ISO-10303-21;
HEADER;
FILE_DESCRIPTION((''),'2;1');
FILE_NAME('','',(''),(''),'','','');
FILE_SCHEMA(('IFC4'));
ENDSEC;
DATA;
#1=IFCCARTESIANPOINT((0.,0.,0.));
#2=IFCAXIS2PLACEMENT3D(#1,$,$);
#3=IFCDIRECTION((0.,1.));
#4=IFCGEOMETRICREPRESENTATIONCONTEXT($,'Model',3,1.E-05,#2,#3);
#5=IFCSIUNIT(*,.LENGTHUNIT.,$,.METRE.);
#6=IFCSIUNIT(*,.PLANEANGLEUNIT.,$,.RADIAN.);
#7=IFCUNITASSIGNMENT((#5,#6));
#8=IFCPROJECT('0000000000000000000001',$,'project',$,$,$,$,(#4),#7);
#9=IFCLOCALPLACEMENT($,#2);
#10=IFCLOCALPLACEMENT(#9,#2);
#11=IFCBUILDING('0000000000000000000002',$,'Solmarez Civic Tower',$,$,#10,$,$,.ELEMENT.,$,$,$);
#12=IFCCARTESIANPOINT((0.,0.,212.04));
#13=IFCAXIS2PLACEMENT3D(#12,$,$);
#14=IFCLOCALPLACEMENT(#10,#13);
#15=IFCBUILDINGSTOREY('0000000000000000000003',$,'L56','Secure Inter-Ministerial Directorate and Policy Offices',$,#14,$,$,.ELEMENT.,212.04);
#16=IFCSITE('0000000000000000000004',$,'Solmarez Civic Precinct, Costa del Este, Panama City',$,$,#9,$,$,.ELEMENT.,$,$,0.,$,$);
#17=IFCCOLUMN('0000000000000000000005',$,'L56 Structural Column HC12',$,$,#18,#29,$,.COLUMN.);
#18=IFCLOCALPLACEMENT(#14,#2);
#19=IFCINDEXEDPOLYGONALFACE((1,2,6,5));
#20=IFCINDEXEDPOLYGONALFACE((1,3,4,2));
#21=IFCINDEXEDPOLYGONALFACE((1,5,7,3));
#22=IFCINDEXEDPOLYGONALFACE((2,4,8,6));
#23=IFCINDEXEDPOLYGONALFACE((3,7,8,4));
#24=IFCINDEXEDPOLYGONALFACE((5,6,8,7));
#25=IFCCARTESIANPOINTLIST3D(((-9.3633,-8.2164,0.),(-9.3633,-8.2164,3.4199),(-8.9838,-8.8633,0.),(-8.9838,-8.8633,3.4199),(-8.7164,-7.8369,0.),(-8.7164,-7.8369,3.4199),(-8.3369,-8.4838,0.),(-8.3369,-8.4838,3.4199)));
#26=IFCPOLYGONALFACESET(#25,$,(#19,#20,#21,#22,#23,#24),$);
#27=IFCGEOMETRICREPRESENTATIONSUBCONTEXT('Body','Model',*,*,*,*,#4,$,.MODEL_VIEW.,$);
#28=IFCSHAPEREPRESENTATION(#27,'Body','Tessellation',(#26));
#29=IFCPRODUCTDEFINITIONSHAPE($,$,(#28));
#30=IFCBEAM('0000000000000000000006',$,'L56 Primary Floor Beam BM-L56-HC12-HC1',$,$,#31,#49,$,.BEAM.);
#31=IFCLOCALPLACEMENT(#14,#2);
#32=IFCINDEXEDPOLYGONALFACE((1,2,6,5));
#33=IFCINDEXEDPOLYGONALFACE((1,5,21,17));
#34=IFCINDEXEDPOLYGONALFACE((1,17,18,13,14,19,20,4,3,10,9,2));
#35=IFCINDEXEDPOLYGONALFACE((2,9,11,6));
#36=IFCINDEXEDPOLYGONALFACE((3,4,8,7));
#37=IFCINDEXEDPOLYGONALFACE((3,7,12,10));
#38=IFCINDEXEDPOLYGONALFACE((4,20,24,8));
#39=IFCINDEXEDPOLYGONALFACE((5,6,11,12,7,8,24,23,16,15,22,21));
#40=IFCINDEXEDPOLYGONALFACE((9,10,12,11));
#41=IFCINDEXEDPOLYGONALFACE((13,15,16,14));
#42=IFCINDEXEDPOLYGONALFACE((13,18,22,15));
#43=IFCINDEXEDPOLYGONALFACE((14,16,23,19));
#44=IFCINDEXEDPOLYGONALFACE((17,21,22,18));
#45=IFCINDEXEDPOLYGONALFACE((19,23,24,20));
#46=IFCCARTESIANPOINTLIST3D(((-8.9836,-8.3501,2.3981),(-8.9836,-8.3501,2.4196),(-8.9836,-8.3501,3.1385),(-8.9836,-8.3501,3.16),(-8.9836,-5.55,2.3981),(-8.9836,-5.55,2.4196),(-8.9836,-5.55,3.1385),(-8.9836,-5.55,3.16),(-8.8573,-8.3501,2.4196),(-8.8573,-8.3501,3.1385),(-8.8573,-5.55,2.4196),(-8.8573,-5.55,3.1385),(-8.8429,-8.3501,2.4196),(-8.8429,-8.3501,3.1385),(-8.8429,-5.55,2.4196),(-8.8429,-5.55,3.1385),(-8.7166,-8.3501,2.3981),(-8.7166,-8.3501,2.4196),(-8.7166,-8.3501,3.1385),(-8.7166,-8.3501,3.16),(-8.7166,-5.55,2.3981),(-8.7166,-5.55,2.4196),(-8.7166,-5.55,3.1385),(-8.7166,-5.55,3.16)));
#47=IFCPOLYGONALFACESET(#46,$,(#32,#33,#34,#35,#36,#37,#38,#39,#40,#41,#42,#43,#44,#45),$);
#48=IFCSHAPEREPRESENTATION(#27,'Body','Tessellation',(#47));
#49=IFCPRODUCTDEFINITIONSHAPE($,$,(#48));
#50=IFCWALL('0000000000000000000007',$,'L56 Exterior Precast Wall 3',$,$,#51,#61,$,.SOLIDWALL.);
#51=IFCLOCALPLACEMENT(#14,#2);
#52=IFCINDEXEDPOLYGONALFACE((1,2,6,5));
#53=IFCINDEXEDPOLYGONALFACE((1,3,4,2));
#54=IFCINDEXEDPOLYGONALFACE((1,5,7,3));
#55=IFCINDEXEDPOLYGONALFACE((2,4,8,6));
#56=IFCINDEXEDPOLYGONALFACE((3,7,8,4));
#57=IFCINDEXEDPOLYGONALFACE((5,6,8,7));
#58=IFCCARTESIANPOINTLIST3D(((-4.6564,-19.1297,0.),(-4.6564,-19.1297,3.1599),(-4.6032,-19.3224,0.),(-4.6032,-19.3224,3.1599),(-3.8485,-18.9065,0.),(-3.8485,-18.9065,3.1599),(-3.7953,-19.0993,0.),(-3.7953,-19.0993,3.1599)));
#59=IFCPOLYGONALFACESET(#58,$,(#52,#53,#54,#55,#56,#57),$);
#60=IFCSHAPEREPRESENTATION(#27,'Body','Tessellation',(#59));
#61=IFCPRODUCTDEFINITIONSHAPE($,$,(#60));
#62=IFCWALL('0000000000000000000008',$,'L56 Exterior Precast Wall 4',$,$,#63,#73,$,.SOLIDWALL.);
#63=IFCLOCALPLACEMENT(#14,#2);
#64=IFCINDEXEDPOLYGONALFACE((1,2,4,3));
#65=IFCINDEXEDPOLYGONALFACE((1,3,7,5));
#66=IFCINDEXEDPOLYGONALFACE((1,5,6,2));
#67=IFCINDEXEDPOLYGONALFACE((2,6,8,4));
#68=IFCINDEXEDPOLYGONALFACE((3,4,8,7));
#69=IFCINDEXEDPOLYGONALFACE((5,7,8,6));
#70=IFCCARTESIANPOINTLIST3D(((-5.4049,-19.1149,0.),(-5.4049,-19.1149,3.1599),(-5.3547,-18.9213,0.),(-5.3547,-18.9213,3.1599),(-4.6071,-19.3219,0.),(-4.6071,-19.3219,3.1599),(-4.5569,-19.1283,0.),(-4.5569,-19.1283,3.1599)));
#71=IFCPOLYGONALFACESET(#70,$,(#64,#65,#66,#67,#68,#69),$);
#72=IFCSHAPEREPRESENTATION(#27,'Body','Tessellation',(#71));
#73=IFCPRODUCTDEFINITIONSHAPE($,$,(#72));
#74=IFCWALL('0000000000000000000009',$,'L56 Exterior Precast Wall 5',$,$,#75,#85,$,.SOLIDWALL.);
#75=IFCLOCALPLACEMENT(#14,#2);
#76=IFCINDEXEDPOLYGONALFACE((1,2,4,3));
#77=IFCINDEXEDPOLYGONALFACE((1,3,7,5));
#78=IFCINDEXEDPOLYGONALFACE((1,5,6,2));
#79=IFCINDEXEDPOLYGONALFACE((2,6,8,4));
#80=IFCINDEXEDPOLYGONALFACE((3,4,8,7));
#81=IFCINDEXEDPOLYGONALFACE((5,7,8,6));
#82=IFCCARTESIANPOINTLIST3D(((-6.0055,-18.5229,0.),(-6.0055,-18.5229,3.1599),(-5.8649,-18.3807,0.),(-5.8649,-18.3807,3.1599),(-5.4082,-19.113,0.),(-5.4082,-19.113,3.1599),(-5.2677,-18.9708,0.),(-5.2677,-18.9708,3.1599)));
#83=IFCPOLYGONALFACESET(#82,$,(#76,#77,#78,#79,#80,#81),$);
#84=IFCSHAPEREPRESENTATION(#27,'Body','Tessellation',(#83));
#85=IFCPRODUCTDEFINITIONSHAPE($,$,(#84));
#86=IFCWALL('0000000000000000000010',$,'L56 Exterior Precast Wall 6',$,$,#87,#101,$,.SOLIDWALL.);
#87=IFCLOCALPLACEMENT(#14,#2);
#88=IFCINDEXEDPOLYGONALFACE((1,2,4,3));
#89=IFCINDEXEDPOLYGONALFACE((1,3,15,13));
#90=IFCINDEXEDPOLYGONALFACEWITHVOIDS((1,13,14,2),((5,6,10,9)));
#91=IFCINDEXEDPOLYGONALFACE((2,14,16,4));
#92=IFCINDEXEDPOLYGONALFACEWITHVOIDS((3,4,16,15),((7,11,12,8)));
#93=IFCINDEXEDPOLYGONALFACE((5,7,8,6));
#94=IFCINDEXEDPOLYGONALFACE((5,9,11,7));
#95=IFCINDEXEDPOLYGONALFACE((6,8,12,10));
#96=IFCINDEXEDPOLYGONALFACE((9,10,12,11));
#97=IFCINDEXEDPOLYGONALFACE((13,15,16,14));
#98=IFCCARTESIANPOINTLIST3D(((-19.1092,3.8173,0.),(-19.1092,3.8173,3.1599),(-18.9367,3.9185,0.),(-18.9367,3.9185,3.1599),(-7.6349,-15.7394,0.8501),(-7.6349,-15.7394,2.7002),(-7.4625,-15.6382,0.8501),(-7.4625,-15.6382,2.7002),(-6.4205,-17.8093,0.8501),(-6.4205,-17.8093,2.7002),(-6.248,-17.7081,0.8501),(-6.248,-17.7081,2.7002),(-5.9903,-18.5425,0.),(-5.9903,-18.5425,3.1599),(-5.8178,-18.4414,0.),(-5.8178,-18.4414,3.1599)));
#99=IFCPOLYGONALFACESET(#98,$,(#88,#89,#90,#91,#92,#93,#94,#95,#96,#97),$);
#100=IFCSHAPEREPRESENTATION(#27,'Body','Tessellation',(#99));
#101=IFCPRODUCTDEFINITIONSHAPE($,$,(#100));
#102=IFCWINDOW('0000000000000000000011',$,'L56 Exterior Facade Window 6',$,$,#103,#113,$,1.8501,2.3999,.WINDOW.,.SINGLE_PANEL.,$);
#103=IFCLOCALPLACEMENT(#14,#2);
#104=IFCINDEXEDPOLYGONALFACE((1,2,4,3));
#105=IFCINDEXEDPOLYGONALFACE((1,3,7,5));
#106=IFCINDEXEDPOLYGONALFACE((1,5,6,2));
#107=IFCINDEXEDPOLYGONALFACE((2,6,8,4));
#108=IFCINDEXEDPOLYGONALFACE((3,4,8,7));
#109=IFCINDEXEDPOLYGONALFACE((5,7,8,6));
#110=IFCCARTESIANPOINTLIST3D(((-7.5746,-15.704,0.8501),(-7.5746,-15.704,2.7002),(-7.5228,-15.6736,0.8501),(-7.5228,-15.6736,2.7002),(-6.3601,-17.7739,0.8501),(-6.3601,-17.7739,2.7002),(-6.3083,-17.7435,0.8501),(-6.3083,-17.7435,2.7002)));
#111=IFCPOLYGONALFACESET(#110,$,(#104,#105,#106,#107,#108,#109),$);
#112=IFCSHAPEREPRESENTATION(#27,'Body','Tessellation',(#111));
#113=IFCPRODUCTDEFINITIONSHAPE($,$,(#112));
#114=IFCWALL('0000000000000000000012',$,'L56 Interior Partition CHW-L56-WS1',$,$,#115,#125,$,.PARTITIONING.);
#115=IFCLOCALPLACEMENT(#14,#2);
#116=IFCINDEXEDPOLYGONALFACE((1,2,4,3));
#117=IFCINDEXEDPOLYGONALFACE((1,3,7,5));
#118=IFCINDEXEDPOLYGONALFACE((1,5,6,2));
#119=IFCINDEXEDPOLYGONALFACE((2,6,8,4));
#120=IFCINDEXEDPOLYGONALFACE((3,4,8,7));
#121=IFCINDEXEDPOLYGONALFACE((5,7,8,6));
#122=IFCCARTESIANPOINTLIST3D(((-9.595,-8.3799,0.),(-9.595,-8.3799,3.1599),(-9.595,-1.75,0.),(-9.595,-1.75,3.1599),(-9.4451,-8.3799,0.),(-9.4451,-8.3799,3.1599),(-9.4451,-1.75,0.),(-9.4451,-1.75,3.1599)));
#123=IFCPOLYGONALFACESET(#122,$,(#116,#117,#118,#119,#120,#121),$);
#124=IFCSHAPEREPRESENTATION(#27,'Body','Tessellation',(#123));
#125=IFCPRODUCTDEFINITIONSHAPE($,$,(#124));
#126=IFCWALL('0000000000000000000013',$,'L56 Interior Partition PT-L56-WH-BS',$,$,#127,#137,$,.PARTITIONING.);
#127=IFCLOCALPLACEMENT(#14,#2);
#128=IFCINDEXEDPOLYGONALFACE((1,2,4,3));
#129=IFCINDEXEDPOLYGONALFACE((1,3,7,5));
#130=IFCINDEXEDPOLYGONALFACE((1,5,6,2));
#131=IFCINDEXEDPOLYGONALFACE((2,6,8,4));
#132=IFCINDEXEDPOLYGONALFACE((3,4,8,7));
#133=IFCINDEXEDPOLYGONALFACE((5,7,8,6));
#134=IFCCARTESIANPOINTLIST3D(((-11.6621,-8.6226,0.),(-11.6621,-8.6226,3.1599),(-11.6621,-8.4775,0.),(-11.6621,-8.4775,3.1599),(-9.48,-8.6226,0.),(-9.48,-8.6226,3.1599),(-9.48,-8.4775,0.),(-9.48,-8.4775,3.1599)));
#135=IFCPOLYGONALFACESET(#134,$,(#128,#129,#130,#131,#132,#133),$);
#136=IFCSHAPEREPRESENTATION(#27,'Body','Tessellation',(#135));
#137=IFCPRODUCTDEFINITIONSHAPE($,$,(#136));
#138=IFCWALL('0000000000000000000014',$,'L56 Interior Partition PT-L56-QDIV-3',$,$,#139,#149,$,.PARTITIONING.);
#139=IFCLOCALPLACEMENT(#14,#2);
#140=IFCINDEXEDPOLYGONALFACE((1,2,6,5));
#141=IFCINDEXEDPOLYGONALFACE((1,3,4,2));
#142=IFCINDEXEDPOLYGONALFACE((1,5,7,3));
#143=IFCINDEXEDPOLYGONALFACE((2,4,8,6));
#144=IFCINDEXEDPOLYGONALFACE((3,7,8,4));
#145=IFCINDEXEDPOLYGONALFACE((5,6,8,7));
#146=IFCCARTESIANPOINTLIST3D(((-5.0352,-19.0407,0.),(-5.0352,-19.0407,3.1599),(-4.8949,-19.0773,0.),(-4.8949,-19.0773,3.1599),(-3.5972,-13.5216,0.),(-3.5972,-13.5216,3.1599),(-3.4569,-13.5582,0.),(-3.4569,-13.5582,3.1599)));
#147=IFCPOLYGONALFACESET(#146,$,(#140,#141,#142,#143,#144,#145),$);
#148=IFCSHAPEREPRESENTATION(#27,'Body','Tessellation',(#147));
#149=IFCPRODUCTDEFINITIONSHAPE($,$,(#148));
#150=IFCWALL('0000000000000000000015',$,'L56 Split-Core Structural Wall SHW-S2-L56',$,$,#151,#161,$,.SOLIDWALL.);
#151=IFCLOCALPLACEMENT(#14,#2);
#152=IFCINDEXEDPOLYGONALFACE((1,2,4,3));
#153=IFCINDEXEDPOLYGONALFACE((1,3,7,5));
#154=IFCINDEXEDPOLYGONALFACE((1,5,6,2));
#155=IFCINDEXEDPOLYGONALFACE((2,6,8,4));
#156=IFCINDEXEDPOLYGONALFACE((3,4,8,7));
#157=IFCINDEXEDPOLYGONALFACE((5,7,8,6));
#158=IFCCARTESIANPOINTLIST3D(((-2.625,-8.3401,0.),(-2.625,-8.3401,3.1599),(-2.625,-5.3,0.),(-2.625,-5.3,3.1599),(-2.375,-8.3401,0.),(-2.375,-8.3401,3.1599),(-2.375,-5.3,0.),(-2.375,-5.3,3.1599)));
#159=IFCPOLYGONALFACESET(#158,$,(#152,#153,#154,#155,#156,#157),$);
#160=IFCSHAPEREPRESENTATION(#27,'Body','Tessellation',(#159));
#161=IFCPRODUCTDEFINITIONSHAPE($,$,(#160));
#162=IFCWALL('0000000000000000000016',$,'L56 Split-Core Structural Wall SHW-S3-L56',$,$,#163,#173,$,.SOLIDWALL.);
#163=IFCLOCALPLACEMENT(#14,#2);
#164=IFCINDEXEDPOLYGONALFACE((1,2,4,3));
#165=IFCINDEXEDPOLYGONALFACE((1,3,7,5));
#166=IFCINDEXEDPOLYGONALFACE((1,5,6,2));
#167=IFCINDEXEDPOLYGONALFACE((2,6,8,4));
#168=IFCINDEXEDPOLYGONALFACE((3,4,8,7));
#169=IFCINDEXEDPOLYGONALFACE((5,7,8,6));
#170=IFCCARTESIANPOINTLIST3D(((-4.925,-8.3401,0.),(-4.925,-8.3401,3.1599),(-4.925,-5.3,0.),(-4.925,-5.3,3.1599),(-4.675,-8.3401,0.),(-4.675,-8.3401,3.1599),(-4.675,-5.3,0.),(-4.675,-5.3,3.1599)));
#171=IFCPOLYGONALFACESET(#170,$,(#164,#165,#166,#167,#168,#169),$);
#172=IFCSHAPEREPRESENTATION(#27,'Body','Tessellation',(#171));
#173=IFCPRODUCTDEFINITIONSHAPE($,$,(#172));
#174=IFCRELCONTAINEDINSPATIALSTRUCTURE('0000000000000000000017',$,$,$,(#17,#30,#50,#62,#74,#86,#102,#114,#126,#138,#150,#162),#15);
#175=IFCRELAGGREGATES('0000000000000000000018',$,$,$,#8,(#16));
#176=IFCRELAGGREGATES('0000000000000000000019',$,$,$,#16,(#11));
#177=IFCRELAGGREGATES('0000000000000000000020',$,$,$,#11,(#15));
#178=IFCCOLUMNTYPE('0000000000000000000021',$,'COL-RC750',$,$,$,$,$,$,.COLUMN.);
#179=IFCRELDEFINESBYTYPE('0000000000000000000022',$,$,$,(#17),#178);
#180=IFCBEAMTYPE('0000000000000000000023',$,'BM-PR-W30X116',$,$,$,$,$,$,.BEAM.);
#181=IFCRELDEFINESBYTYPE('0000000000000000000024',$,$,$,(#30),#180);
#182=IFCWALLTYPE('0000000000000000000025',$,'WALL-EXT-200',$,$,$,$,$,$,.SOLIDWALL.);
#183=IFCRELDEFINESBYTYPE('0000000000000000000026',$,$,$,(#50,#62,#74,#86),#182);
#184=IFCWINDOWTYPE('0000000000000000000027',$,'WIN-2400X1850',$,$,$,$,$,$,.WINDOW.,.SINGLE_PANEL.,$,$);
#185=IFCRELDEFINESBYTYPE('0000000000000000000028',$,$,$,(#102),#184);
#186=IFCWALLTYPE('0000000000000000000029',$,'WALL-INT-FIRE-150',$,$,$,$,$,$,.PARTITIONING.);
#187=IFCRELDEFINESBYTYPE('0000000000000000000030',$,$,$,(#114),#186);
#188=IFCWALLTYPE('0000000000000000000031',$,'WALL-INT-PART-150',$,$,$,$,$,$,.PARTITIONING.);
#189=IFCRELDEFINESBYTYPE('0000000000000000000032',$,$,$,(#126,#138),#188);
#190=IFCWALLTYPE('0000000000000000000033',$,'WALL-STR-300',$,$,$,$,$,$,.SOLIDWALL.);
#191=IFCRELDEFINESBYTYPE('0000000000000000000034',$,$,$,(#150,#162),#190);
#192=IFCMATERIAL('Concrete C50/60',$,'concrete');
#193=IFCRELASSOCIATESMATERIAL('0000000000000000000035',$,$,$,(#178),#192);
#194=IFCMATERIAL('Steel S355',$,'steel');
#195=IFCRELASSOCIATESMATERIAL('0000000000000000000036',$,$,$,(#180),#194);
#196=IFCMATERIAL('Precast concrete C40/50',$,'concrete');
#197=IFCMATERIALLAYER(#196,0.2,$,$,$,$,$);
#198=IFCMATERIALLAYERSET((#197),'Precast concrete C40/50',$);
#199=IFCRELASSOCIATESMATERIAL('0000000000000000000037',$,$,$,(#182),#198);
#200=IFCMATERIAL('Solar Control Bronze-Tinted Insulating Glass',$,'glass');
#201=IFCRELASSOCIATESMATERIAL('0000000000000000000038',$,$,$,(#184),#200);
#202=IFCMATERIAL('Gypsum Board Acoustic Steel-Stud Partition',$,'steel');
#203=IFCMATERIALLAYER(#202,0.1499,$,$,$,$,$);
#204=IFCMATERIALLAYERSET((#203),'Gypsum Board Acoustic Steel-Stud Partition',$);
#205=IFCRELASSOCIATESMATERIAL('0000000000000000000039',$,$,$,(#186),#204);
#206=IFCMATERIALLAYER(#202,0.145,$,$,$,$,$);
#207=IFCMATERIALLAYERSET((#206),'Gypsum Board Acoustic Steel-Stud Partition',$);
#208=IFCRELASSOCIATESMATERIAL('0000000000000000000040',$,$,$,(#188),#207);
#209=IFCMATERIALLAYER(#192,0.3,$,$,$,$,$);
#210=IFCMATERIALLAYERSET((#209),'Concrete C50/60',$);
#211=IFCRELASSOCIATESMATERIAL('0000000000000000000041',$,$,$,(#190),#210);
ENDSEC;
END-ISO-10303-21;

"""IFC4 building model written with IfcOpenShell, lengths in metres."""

from ifc_helpers import new_model, si_unit, direction, frame, frame_2d, origin, origin_2d, place, context, subcontext, project, spatial, rectangle, i_section, extrude, material, layer, layer_set, material_profile, profile_set, type_object, element, fill, save


model = new_model("IFC4")

# Units and contexts
model_context = context("Model", 3, precision=1e-05, world=origin(), true_north=direction((0.0, 1.0)))
body_context = subcontext(model_context, "Body", "Model", "MODEL_VIEW")
ifc_project = project(units=[si_unit("LENGTHUNIT", "METRE"), si_unit("PLANEANGLEUNIT", "RADIAN")], contexts=[model_context])

# Site, building, storey
site_placement = place(None, origin())
site = spatial("IfcSite", under=ifc_project, at=site_placement, Name="Solmarez Civic Precinct, Costa del Este, Panama City", CompositionType="ELEMENT", RefElevation=0.0)
building_placement = place(site_placement, origin())
building = spatial("IfcBuilding", under=site, at=building_placement, Name="Solmarez Civic Tower", CompositionType="ELEMENT")
storey_placement = place(building_placement, frame((0.0, 0.0, 212.04)))
storey = spatial("IfcBuildingStorey", under=building, at=storey_placement, Name="L56", Description="Secure Inter-Ministerial Directorate and Policy Offices", CompositionType="ELEMENT", Elevation=212.04)

# Column
ifc_material_1 = material(Name="Concrete C50/60", Category="concrete")
ifc_material_profile_1 = material_profile(ifc_material_1, rectangle(XDim=0.75, YDim=0.75, at=origin_2d()), Name="RC750X750")
ifc_profile_set_1 = profile_set([ifc_material_profile_1], Name="Concrete C50/60")
column_type = type_object("IfcColumnType", Name="COL-RC750", PredefinedType="COLUMN", material=ifc_profile_set_1)
column_placement = place(storey_placement, frame((-8.8501, -8.3501, 0.0), z_axis=(0.0, 0.0, 1.0), x_axis=(0.862514, 0.506034, 0.0)))
element("IfcColumn", 1, at=column_placement, inside=storey, type_object=column_type, Name="L56 Structural Column HC12", PredefinedType="COLUMN", context=body_context, shape_type="SweptSolid", body=[
    extrude(rectangle(XDim=0.75, YDim=0.75, at=origin_2d()), origin(), (0.0, 0.0, 1.0), 3.4199),
])

# Beam
ifc_material_2 = material(Name="Steel S355", Category="steel")
ifc_material_profile_2 = material_profile(ifc_material_2, i_section(OverallWidth=0.2671, OverallDepth=0.762, WebThickness=0.0144, FlangeThickness=0.0215, at=origin_2d()), Name="W30X116")
ifc_profile_set_2 = profile_set([ifc_material_profile_2], Name="Steel S355")
beam_type = type_object("IfcBeamType", Name="BM-PR-W30X116", PredefinedType="BEAM", material=ifc_profile_set_2)
beam_placement = place(storey_placement, frame((-8.8501, -8.3501, 2.7791), z_axis=(0.0, 1.0, 0.0), x_axis=(-1.0, 0.0, 0.0)))
element("IfcBeam", 2, at=beam_placement, inside=storey, type_object=beam_type, Name="L56 Primary Floor Beam BM-L56-HC12-HC1", PredefinedType="BEAM", context=body_context, shape_type="SweptSolid", body=[
    extrude(i_section(OverallWidth=0.2671, OverallDepth=0.762, WebThickness=0.0144, FlangeThickness=0.0215, at=origin_2d()), origin(), (0.0, 0.0, 1.0), 2.8),
])

# Walls
ifc_material_3 = material(Name="Precast concrete C40/50", Category="concrete")
ifc_layer_1 = layer(ifc_material_3, 0.2)
ifc_layer_set_1 = layer_set([ifc_layer_1], Name="Precast concrete C40/50")
wall_type_1 = type_object("IfcWallType", Name="WALL-EXT-200", PredefinedType="SOLIDWALL", material=ifc_layer_set_1)
wall_1_placement = place(storey_placement, frame((-3.822, -19.0029, 0.0), z_axis=(0.0, 0.0, 1.0), x_axis=(-0.963905, -0.266246, 0.0)))
element("IfcWall", 3, at=wall_1_placement, inside=storey, type_object=wall_type_1, Name="L56 Exterior Precast Wall 3", PredefinedType="SOLIDWALL", context=body_context, shape_type="SweptSolid", body=[
    extrude(rectangle(XDim=0.8381, YDim=0.2, at=frame_2d((0.4189, 0.0))), origin(), (0.0, 0.0, 1.0), 3.1599),
])
wall_2_placement = place(storey_placement, frame((-4.582, -19.2251, 0.0), z_axis=(0.0, 0.0, 1.0), x_axis=(-0.967944, 0.251168, 0.0)))
element("IfcWall", 4, at=wall_2_placement, inside=storey, type_object=wall_type_1, Name="L56 Exterior Precast Wall 4", PredefinedType="SOLIDWALL", context=body_context, shape_type="SweptSolid", body=[
    extrude(rectangle(XDim=0.8242, YDim=0.2, at=frame_2d((0.4121, 0.0))), origin(), (0.0, 0.0, 1.0), 3.1599),
])
wall_3_placement = place(storey_placement, frame((-5.3379, -19.042, 0.0), z_axis=(0.0, 0.0, 1.0), x_axis=(-0.711311, 0.702878, 0.0)))
element("IfcWall", 5, at=wall_3_placement, inside=storey, type_object=wall_type_1, Name="L56 Exterior Precast Wall 5", PredefinedType="SOLIDWALL", context=body_context, shape_type="SweptSolid", body=[
    extrude(rectangle(XDim=0.8396, YDim=0.2, at=frame_2d((0.4199, 0.0))), origin(), (0.0, 0.0, 1.0), 3.1599),
])

# Wall, opening, window
wall_4_placement = place(storey_placement, frame((-5.9041, -18.4919, 0.0), z_axis=(0.0, 0.0, 1.0), x_axis=(-0.506046, 0.862506, 0.0)))
wall_4 = element("IfcWall", 6, at=wall_4_placement, inside=storey, type_object=wall_type_1, Name="L56 Exterior Precast Wall 6", PredefinedType="SOLIDWALL", context=body_context, shape_type="SweptSolid", body=[
    extrude(rectangle(XDim=25.9243, YDim=0.2, at=frame_2d((12.9622, 0.0))), origin(), (0.0, 0.0, 1.0), 3.1599),
])
opening_placement = place(wall_4_placement, frame((0.8501, 0.0, 0.8501)))
opening = element("IfcOpeningElement", 7, at=opening_placement, cuts=wall_4, PredefinedType="OPENING", context=body_context, shape_type="SweptSolid", body=[
    extrude(rectangle(XDim=2.3999, YDim=1.8501, at=frame_2d((1.2, 0.925))), frame((0.0, 0.1099, 0.0), z_axis=(0.0, -1.0, 0.0), x_axis=(1.0, 0.0, 0.0)), (0.0, 0.0, 1.0), 0.22),
])
ifc_material_4 = material(Name="Solar Control Bronze-Tinted Insulating Glass", Category="glass")
window_type = type_object("IfcWindowType", Name="WIN-2400X1850", PartitioningType="SINGLE_PANEL", PredefinedType="WINDOW", material=ifc_material_4)
window_placement = place(opening_placement, origin())
window = element("IfcWindow", 8, at=window_placement, inside=storey, type_object=window_type, Name="L56 Exterior Facade Window 6", OverallHeight=1.8501, OverallWidth=2.3999, PartitioningType="SINGLE_PANEL", PredefinedType="WINDOW", context=body_context, shape_type="SweptSolid", body=[
    extrude(rectangle(XDim=2.3999, YDim=1.8501, at=frame_2d((1.2, 0.925))), frame((0.0, 0.03, 0.0), z_axis=(0.0, -1.0, 0.0), x_axis=(1.0, 0.0, 0.0)), (0.0, 0.0, 1.0), 0.0601),
])
fill(opening, window)

# Walls
ifc_material_5 = material(Name="Gypsum Board Acoustic Steel-Stud Partition", Category="steel")
ifc_layer_2 = layer(ifc_material_5, 0.1499)
ifc_layer_set_2 = layer_set([ifc_layer_2], Name="Gypsum Board Acoustic Steel-Stud Partition")
wall_type_2 = type_object("IfcWallType", Name="WALL-INT-FIRE-150", PredefinedType="PARTITIONING", material=ifc_layer_set_2)
wall_5_placement = place(storey_placement, frame((-9.52, -8.3799, 0.0), z_axis=(0.0, 0.0, 1.0), x_axis=(0.0, 1.0, 0.0)))
element("IfcWall", 9, at=wall_5_placement, inside=storey, type_object=wall_type_2, Name="L56 Interior Partition CHW-L56-WS1", PredefinedType="PARTITIONING", context=body_context, shape_type="SweptSolid", body=[
    extrude(rectangle(XDim=6.6299, YDim=0.1499, at=frame_2d((3.3149, 0.0))), origin(), (0.0, 0.0, 1.0), 3.1599),
])
ifc_layer_3 = layer(ifc_material_5, 0.145)
ifc_layer_set_3 = layer_set([ifc_layer_3], Name="Gypsum Board Acoustic Steel-Stud Partition")
wall_type_3 = type_object("IfcWallType", Name="WALL-INT-PART-150", PredefinedType="PARTITIONING", material=ifc_layer_set_3)
wall_6_placement = place(storey_placement, frame((-11.6621, -8.55, 0.0), z_axis=(0.0, 0.0, 1.0), x_axis=(1.0, 0.0, 0.0)))
element("IfcWall", 10, at=wall_6_placement, inside=storey, type_object=wall_type_3, Name="L56 Interior Partition PT-L56-WH-BS", PredefinedType="PARTITIONING", context=body_context, shape_type="SweptSolid", body=[
    extrude(rectangle(XDim=2.1821, YDim=0.145, at=frame_2d((1.0911, 0.0))), origin(), (0.0, 0.0, 1.0), 3.1599),
])
wall_7_placement = place(storey_placement, frame((-3.5271, -13.54, 0.0), z_axis=(0.0, 0.0, 1.0), x_axis=(-0.252133, -0.967693, 0.0)))
element("IfcWall", 11, at=wall_7_placement, inside=storey, type_object=wall_type_3, Name="L56 Interior Partition PT-L56-QDIV-3", PredefinedType="PARTITIONING", context=body_context, shape_type="SweptSolid", body=[
    extrude(rectangle(XDim=5.7034, YDim=0.145, at=frame_2d((2.8516, 0.0))), origin(), (0.0, 0.0, 1.0), 3.1599),
])
ifc_layer_4 = layer(ifc_material_1, 0.3)
ifc_layer_set_4 = layer_set([ifc_layer_4], Name="Concrete C50/60")
wall_type_4 = type_object("IfcWallType", Name="WALL-STR-300", PredefinedType="SOLIDWALL", material=ifc_layer_set_4)
for number, where, z_axis, x_axis, name in (
    (12, (-2.5, -8.3401, 0.0), (0.0, 0.0, 1.0), (0.0, 1.0, 0.0), "L56 Split-Core Structural Wall SHW-S2-L56"),
    (13, (-4.8, -8.3401, 0.0), (0.0, 0.0, 1.0), (0.0, 1.0, 0.0), "L56 Split-Core Structural Wall SHW-S3-L56"),
):
    element("IfcWall", number, at=place(storey_placement, frame(where, z_axis=z_axis, x_axis=x_axis)), inside=storey, type_object=wall_type_4, Name=name, PredefinedType="SOLIDWALL", context=body_context, shape_type="SweptSolid", body=[
        extrude(rectangle(XDim=3.04, YDim=0.25, at=frame_2d((1.52, 0.0))), origin(), (0.0, 0.0, 1.0), 3.1599),
    ])

save(model, "model.ifc")
